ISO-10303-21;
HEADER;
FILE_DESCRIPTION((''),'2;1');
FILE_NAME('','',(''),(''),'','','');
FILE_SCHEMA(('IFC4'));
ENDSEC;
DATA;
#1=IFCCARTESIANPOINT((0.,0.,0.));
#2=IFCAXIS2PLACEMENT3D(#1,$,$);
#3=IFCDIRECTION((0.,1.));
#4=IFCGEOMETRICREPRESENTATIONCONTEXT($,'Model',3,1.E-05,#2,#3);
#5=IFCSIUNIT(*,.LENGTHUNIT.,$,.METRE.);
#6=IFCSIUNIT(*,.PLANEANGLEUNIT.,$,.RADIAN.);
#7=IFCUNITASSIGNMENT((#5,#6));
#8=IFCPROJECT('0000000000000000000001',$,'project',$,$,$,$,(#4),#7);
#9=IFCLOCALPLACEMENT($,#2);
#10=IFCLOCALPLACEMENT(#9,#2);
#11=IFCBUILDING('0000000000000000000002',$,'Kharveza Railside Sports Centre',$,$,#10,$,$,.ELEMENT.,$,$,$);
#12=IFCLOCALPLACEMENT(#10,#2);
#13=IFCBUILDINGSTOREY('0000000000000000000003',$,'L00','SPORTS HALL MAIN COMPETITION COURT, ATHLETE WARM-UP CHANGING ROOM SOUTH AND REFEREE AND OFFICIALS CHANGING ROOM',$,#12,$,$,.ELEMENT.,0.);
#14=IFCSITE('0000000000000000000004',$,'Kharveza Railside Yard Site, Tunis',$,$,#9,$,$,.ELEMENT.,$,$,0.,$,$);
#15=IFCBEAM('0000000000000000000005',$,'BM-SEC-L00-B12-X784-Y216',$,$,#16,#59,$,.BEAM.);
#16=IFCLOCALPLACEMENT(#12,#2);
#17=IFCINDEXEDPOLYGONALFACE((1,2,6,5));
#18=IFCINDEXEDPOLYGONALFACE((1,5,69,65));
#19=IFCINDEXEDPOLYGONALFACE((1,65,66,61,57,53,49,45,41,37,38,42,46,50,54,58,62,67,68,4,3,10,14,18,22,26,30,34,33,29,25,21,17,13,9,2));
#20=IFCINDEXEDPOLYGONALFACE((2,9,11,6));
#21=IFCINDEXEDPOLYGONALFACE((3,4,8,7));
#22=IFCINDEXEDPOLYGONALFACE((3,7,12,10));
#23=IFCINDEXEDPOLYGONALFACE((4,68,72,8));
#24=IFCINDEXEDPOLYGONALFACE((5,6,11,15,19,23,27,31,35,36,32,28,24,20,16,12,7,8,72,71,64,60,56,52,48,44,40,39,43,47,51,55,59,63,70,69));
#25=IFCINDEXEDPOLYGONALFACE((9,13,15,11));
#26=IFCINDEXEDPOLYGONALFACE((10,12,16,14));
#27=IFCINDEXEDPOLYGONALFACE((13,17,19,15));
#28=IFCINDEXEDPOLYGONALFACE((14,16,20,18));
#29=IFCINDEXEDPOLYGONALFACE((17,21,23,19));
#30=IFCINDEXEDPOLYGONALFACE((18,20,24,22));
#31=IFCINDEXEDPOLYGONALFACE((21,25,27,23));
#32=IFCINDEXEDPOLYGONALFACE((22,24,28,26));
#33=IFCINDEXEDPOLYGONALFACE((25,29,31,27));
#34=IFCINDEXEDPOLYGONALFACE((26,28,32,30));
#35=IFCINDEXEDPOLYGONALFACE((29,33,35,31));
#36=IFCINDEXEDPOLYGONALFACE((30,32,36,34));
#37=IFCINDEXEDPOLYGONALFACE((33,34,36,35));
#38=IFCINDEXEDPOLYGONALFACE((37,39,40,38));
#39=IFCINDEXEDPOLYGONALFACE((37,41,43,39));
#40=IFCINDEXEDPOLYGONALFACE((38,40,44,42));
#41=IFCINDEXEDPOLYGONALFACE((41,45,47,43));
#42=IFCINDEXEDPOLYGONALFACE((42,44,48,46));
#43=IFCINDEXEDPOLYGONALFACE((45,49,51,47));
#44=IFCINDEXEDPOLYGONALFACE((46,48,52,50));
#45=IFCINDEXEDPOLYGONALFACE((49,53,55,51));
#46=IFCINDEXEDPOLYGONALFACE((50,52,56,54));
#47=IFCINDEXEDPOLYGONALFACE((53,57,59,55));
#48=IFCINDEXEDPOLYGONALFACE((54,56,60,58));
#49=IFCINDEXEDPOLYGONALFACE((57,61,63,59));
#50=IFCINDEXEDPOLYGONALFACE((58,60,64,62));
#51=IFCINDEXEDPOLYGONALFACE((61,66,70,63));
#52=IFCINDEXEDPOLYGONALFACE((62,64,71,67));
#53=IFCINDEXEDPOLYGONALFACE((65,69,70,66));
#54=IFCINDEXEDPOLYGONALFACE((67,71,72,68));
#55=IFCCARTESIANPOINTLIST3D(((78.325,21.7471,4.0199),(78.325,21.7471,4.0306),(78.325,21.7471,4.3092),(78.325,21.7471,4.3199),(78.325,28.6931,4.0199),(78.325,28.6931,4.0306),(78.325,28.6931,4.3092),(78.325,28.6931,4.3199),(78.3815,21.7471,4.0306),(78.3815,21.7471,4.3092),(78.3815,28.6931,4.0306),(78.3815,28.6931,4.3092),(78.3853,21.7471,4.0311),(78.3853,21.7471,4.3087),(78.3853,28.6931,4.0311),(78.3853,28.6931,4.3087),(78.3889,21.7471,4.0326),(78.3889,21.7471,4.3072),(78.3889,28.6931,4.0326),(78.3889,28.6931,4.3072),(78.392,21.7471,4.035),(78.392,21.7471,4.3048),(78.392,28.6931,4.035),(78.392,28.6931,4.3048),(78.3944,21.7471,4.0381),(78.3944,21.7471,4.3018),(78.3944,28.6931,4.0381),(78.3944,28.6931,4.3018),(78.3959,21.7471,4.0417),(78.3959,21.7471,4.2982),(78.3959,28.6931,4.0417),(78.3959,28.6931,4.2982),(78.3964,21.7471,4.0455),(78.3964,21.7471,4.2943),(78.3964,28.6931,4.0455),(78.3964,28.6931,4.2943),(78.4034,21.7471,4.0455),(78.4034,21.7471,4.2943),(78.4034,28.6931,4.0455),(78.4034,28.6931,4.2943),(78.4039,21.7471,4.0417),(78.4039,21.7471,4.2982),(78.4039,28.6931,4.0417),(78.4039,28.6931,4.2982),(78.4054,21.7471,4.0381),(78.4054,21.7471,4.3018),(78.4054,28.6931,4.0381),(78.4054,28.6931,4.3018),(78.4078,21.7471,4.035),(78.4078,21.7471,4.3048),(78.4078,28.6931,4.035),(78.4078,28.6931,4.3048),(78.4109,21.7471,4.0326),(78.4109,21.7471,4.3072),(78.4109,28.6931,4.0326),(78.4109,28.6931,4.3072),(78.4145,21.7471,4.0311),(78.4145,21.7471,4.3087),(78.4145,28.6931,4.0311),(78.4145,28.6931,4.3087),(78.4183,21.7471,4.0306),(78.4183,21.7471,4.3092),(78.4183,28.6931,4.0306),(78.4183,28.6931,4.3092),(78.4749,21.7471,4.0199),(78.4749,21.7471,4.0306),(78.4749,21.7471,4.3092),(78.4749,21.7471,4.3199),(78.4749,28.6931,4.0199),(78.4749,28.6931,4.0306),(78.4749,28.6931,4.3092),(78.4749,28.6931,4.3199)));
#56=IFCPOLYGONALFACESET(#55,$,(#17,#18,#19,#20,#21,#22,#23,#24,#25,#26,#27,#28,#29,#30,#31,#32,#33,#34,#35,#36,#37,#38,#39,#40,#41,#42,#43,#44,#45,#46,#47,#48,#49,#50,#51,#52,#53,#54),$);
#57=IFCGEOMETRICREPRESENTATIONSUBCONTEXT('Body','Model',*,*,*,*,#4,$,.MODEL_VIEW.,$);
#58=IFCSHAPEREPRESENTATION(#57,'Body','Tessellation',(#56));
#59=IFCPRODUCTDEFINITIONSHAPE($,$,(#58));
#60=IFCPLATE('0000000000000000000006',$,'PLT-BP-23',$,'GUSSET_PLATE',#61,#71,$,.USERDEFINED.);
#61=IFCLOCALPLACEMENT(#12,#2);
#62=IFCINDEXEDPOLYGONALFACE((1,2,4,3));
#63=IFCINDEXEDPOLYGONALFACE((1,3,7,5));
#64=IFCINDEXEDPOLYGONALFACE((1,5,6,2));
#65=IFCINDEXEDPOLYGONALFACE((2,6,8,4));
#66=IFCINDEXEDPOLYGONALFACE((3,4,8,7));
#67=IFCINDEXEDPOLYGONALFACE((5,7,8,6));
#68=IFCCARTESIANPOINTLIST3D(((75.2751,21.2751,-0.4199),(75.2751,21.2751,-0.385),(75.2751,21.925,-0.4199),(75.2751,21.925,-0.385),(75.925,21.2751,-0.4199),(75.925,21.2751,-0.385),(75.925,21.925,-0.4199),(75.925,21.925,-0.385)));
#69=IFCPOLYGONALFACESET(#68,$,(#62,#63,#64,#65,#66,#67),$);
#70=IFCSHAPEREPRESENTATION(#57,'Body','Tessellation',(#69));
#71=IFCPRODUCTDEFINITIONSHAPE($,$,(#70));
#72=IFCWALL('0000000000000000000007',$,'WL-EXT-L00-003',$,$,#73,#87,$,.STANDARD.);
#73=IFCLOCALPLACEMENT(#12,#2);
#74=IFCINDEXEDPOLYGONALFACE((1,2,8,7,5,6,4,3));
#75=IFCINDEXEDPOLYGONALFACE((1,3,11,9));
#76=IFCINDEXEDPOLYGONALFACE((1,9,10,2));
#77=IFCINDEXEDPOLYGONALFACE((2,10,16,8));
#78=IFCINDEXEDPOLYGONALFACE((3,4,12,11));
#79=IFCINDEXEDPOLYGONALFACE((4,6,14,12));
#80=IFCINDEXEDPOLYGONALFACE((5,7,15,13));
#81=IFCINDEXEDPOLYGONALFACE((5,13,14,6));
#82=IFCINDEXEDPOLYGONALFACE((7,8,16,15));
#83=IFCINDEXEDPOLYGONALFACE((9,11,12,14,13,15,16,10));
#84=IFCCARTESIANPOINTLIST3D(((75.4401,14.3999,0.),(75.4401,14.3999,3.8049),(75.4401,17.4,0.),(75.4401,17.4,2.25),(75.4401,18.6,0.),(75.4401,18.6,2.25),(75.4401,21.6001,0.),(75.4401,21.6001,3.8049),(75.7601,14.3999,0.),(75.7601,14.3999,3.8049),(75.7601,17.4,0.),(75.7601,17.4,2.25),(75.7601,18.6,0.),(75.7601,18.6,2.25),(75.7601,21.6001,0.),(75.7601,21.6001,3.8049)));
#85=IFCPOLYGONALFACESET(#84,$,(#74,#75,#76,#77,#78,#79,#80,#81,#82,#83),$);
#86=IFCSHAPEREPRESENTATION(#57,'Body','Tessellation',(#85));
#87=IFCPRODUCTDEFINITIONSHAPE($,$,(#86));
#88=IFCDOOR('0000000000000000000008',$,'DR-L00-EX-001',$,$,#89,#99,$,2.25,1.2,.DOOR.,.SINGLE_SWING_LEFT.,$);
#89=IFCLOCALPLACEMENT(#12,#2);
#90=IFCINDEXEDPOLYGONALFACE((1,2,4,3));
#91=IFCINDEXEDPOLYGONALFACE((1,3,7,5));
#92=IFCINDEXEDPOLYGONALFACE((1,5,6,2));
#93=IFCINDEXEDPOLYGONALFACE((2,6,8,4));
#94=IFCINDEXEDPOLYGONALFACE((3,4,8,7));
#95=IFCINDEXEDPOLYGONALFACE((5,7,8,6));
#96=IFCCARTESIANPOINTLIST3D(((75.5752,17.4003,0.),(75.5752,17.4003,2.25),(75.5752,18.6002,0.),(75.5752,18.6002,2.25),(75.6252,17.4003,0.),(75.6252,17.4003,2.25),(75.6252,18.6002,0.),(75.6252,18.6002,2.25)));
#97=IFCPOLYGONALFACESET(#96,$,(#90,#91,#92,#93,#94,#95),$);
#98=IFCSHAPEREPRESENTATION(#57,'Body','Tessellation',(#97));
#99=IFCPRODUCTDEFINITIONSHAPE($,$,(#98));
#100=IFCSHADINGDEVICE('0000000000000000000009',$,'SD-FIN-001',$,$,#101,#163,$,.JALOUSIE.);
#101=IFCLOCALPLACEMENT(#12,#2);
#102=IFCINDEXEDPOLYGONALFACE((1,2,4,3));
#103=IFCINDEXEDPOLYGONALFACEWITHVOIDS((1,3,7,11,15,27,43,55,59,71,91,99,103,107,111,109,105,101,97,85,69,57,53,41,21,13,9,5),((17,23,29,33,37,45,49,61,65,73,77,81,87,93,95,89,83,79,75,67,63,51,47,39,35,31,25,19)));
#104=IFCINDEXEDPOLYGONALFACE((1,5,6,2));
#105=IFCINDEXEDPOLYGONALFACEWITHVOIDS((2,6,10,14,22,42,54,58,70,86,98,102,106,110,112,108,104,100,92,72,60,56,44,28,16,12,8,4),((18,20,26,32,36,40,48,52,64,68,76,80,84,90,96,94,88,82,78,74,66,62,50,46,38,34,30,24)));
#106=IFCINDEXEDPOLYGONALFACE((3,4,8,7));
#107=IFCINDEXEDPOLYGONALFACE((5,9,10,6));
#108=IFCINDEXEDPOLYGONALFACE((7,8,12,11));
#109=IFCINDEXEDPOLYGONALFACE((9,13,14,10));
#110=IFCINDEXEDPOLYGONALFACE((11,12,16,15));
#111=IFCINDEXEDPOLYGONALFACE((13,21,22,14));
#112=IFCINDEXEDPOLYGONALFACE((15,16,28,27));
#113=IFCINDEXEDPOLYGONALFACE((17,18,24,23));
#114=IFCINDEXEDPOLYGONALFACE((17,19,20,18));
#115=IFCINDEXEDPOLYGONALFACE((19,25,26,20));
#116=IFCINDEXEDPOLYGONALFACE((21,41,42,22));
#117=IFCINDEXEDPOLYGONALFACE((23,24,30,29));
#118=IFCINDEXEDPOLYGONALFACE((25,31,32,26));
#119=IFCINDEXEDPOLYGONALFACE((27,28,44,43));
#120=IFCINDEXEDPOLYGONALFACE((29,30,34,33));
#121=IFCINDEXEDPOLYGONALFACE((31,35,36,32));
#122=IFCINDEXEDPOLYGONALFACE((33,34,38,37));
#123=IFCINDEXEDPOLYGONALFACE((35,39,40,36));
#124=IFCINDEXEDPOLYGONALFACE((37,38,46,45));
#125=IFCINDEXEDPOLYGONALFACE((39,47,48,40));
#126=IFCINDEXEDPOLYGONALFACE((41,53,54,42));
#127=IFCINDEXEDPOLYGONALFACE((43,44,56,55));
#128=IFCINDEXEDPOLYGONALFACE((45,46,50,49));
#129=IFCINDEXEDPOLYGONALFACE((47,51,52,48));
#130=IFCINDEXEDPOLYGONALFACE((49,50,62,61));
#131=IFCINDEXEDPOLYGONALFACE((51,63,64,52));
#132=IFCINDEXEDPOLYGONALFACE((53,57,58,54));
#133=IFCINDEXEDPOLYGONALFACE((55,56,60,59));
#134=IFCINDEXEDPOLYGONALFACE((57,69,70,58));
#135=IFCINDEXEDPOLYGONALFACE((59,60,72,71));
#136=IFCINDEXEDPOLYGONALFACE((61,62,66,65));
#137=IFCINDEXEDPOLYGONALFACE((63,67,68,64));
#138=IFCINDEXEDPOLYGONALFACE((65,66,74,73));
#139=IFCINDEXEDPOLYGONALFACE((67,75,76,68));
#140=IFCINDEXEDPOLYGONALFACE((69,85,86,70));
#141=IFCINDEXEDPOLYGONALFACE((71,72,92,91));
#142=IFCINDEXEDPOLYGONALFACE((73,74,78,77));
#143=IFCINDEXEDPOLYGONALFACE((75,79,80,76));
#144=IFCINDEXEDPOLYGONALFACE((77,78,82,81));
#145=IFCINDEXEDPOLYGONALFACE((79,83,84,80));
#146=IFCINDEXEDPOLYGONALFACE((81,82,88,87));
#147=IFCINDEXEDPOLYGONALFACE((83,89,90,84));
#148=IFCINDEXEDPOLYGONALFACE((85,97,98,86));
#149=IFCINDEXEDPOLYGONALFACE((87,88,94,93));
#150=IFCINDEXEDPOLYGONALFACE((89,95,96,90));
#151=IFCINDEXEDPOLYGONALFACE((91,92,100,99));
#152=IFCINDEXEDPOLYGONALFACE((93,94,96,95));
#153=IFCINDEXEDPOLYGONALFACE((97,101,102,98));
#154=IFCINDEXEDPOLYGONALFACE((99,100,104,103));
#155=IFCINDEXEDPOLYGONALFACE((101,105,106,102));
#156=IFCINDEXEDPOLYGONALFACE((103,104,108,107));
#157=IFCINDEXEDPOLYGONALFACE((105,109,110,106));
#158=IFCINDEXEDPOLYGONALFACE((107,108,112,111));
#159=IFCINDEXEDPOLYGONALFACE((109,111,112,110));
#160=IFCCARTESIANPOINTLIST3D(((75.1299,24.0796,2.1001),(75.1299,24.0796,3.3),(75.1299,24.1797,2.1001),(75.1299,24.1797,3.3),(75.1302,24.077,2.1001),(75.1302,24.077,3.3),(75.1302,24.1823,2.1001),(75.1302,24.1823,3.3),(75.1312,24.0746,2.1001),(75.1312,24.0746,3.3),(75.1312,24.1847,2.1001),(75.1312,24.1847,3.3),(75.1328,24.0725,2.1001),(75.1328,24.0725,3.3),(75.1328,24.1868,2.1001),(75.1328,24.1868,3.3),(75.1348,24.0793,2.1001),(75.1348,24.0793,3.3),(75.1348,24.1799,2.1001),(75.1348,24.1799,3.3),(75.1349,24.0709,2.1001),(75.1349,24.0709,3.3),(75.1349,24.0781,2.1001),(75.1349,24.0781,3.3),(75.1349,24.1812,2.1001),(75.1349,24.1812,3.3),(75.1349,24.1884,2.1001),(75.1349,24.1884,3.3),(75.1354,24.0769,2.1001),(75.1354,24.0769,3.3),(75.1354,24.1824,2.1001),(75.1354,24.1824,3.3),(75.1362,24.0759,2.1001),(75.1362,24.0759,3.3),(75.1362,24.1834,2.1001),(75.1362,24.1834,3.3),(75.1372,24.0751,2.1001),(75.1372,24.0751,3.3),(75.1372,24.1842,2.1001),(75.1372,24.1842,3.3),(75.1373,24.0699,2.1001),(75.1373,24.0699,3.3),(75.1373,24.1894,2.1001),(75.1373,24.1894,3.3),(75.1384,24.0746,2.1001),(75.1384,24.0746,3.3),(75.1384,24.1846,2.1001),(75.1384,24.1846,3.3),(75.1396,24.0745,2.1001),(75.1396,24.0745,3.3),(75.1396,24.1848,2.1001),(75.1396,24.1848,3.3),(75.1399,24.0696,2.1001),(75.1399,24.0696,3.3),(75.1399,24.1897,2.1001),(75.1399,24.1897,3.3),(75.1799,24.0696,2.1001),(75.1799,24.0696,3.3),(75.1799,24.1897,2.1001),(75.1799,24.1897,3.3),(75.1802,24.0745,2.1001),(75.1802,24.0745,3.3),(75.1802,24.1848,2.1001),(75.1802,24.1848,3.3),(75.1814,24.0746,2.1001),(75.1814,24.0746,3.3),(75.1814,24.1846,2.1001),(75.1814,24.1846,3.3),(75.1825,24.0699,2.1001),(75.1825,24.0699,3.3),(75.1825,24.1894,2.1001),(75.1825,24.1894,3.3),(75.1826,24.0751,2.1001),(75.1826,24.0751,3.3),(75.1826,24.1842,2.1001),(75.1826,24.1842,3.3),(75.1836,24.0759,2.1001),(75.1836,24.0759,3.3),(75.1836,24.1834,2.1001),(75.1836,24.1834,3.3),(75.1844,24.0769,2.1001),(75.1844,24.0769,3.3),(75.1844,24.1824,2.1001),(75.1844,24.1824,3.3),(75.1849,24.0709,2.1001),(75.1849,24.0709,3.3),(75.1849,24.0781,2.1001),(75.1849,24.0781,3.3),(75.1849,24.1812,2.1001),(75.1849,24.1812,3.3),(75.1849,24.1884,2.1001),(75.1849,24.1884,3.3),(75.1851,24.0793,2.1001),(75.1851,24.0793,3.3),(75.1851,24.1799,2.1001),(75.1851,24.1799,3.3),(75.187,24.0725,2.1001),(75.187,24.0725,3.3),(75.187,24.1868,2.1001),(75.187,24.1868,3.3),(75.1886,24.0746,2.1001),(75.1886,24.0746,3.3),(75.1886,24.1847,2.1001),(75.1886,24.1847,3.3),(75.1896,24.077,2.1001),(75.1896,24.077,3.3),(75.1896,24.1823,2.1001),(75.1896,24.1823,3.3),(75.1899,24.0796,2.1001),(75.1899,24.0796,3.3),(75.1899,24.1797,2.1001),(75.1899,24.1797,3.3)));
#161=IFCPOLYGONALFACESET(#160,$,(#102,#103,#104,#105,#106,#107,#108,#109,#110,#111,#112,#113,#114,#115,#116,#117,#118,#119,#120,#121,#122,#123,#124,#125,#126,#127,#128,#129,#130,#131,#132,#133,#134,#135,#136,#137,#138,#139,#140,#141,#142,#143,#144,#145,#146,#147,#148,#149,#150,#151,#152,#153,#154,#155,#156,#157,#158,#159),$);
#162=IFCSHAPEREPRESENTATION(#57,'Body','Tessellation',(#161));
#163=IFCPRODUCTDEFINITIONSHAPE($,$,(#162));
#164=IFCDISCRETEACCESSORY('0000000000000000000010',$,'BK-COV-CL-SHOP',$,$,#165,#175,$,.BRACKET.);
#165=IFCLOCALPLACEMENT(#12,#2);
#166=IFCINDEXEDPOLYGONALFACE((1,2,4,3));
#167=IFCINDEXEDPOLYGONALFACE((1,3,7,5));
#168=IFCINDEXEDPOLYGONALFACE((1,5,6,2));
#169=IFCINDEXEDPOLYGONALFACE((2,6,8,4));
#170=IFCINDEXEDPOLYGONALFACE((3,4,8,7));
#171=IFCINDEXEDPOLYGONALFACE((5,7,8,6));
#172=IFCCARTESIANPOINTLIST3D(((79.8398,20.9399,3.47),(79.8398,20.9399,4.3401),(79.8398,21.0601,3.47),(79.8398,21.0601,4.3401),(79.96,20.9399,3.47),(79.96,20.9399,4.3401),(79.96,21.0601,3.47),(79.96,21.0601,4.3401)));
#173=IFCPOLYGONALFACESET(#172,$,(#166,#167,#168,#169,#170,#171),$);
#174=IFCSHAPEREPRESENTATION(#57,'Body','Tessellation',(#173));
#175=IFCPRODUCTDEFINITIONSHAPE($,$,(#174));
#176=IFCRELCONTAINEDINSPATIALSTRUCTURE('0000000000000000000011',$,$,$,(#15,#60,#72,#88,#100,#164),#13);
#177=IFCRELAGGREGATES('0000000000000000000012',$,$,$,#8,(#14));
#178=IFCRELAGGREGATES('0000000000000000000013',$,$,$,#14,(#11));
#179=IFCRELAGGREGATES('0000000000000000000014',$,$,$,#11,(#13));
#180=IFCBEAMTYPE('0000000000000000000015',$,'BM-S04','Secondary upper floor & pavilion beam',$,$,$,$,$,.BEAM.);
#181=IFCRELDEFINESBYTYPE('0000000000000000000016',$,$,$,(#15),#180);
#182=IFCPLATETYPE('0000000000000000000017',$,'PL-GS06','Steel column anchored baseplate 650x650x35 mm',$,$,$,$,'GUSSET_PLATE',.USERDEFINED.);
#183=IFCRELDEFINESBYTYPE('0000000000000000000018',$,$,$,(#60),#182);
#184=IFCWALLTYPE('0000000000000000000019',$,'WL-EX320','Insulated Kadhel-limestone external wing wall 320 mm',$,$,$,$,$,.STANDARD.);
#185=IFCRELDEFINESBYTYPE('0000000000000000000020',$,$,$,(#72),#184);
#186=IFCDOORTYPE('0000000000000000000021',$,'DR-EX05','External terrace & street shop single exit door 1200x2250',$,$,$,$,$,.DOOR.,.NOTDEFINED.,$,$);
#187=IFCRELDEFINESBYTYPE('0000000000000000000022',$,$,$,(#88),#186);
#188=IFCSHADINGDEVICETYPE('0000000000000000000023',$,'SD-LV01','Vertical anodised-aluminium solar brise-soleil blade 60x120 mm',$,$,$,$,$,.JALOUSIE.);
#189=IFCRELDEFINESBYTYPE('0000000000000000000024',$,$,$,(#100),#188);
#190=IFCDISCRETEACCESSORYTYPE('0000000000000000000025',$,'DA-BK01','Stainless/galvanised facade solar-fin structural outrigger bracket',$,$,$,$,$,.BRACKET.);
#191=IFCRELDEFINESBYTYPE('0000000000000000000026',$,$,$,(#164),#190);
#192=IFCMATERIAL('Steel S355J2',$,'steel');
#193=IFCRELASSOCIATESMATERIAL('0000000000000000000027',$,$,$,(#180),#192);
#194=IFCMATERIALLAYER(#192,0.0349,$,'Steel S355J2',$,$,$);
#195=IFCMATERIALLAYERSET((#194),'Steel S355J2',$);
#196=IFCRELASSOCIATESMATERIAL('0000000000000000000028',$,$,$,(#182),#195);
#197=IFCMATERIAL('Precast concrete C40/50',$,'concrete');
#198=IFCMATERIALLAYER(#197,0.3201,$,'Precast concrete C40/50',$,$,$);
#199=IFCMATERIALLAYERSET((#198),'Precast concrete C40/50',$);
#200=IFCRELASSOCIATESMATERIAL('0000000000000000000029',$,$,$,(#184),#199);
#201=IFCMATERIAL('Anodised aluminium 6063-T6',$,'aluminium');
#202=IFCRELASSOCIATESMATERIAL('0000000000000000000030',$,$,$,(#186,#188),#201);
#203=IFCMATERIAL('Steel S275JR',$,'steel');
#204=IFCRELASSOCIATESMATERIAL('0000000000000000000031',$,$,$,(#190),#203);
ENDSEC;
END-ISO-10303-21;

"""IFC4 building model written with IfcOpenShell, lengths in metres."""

from ifc_helpers import new_model, si_unit, direction, frame, frame_2d, origin, origin_2d, place, context, subcontext, project, spatial, rectangle, hollow_rectangle, i_section, extrude, material, layer, layer_set, material_profile, profile_set, type_object, element, fill, save


model = new_model("IFC4")

# Units and contexts
model_context = context("Model", 3, precision=1e-05, world=origin(), true_north=direction((0.0, 1.0)))
body_context = subcontext(model_context, "Body", "Model", "MODEL_VIEW")
ifc_project = project(units=[si_unit("LENGTHUNIT", "METRE"), si_unit("PLANEANGLEUNIT", "RADIAN")], contexts=[model_context])

# Site, building, storey
site_placement = place(None, origin())
site = spatial("IfcSite", under=ifc_project, at=site_placement, Name="Kharveza Railside Yard Site, Tunis", CompositionType="ELEMENT", RefElevation=0.0)
building_placement = place(site_placement, origin())
building = spatial("IfcBuilding", under=site, at=building_placement, Name="Kharveza Railside Sports Centre", CompositionType="ELEMENT")
storey_placement = place(building_placement, origin())
storey = spatial("IfcBuildingStorey", under=building, at=storey_placement, Name="L00", Description="SPORTS HALL MAIN COMPETITION COURT, ATHLETE WARM-UP CHANGING ROOM SOUTH AND REFEREE AND OFFICIALS CHANGING ROOM", CompositionType="ELEMENT", Elevation=0.0)

# Shared definitions
ifc_material_1 = material(Name="Steel S355J2", Category="steel")

# Beam
ifc_material_profile_1 = material_profile(ifc_material_1, i_section(OverallWidth=0.1499, OverallDepth=0.3, WebThickness=0.0071, FlangeThickness=0.0107, FilletRadius=0.0149, at=origin_2d()), Name="IPE 300")
ifc_profile_set_1 = profile_set([ifc_material_profile_1], Name="Steel S355J2")
beam_type_1 = type_object("IfcBeamType", Name="BM-S04", Description="Secondary upper floor & pavilion beam", PredefinedType="BEAM", material=ifc_profile_set_1)
beam_1_placement = place(storey_placement, frame((78.3999, 21.7471, 4.1699), z_axis=(0.0, 1.0, 0.0), x_axis=(-1.0, 0.0, 0.0)))
element("IfcBeam", 1, at=beam_1_placement, inside=storey, type_object=beam_type_1, Name="BM-SEC-L00-B12-X784-Y216", PredefinedType="BEAM", context=body_context, shape_type="SweptSolid", body=[
    extrude(i_section(OverallWidth=0.1499, OverallDepth=0.3, WebThickness=0.0071, FlangeThickness=0.0107, FilletRadius=0.0149, at=origin_2d()), origin(), (0.0, 0.0, 1.0), 6.946),
])

# Plate
ifc_layer_1 = layer(ifc_material_1, 0.0349, Name="Steel S355J2")
ifc_layer_set_1 = layer_set([ifc_layer_1], Name="Steel S355J2")
plate_type = type_object("IfcPlateType", Name="PL-GS06", Description="Steel column anchored baseplate 650x650x35 mm", ElementType="GUSSET_PLATE", PredefinedType="USERDEFINED", material=ifc_layer_set_1)
plate_placement = place(storey_placement, frame((75.6001, 21.6001, -0.4199), z_axis=(0.0, 0.0, 1.0), x_axis=(1.0, 0.0, 0.0)))
element("IfcPlate", 2, at=plate_placement, inside=storey, type_object=plate_type, Name="PLT-BP-23", ObjectType="GUSSET_PLATE", PredefinedType="USERDEFINED", context=body_context, shape_type="SweptSolid", body=[
    extrude(rectangle(XDim=0.6499, YDim=0.6499, at=origin_2d()), origin(), (0.0, 0.0, 1.0), 0.0349),
])

# Wall, opening, door
ifc_material_2 = material(Name="Precast concrete C40/50", Category="concrete")
ifc_layer_2 = layer(ifc_material_2, 0.3201, Name="Precast concrete C40/50")
ifc_layer_set_2 = layer_set([ifc_layer_2], Name="Precast concrete C40/50")
wall_type = type_object("IfcWallType", Name="WL-EX320", Description="Insulated Kadhel-limestone external wing wall 320 mm", PredefinedType="STANDARD", material=ifc_layer_set_2)
wall_placement = place(storey_placement, frame((75.6001, 21.6001, 0.0), z_axis=(0.0, 0.0, 1.0), x_axis=(0.0, -1.0, 0.0)))
wall = element("IfcWall", 3, at=wall_placement, inside=storey, type_object=wall_type, Name="WL-EXT-L00-003", PredefinedType="STANDARD", context=body_context, shape_type="SweptSolid", body=[
    extrude(rectangle(XDim=7.2002, YDim=0.3201, at=frame_2d((3.6001, 0.0))), origin(), (0.0, 0.0, 1.0), 3.8049),
])
opening_placement = place(wall_placement, frame((3.0, 0.0, 0.0)))
opening = element("IfcOpeningElement", 4, at=opening_placement, cuts=wall, PredefinedType="OPENING", context=body_context, shape_type="SweptSolid", body=[
    extrude(rectangle(XDim=1.2, YDim=2.25, at=frame_2d((0.6001, 1.125))), frame((0.0, 0.1851, 0.0), z_axis=(0.0, -1.0, 0.0), x_axis=(1.0, 0.0, 0.0)), (0.0, 0.0, 1.0), 0.3699),
])
ifc_material_3 = material(Name="Anodised aluminium 6063-T6", Category="aluminium")
door_type = type_object("IfcDoorType", Name="DR-EX05", Description="External terrace & street shop single exit door 1200x2250", OperationType="NOTDEFINED", PredefinedType="DOOR", material=ifc_material_3)
door_placement = place(opening_placement, frame((1.2, 0.0, 0.0), z_axis=(0.0, 0.0, 1.0), x_axis=(-1.0, 0.0, 0.0)))
door = element("IfcDoor", 5, at=door_placement, inside=storey, type_object=door_type, Name="DR-L00-EX-001", OperationType="SINGLE_SWING_LEFT", OverallHeight=2.25, OverallWidth=1.2, PredefinedType="DOOR", context=body_context, shape_type="SweptSolid", body=[
    extrude(rectangle(XDim=1.2, YDim=2.25, at=frame_2d((0.6001, 1.125))), frame((0.0, 0.0249, 0.0), z_axis=(0.0, -1.0, 0.0), x_axis=(1.0, 0.0, 0.0)), (0.0, 0.0, 1.0), 0.05),
])
fill(opening, door)

# Shading device
ifc_material_profile_2 = material_profile(ifc_material_3, hollow_rectangle(XDim=0.0601, YDim=0.1201, WallThickness=0.0049, InnerFilletRadius=0.0049, OuterFilletRadius=0.01, at=origin_2d()), Name="RHS 60x120x5.0")
ifc_profile_set_2 = profile_set([ifc_material_profile_2], Name="Anodised aluminium 6063-T6")
shading_device_type = type_object("IfcShadingDeviceType", Name="SD-LV01", Description="Vertical anodised-aluminium solar brise-soleil blade 60x120 mm", PredefinedType="JALOUSIE", material=ifc_profile_set_2)
shading_device_placement = place(storey_placement, frame((75.1599, 24.1296, 2.1001), z_axis=(0.0, 0.0, 1.0), x_axis=(-1.0, 0.0, 0.0)))
element("IfcShadingDevice", 6, at=shading_device_placement, inside=storey, type_object=shading_device_type, Name="SD-FIN-001", PredefinedType="JALOUSIE", context=body_context, shape_type="SweptSolid", body=[
    extrude(hollow_rectangle(XDim=0.0601, YDim=0.1201, WallThickness=0.0049, InnerFilletRadius=0.0049, OuterFilletRadius=0.01, at=origin_2d()), origin(), (0.0, 0.0, 1.0), 1.2),
])

# Discrete accessory
ifc_material_4 = material(Name="Steel S275JR", Category="steel")
discrete_accessory_type = type_object("IfcDiscreteAccessoryType", Name="DA-BK01", Description="Stainless/galvanised facade solar-fin structural outrigger bracket", PredefinedType="BRACKET", material=ifc_material_4)
discrete_accessory_placement = place(storey_placement, frame((79.8999, 21.0, 3.47), z_axis=(0.0, 0.0, 1.0), x_axis=(1.0, 0.0, 0.0)))
element("IfcDiscreteAccessory", 7, at=discrete_accessory_placement, inside=storey, type_object=discrete_accessory_type, Name="BK-COV-CL-SHOP", PredefinedType="BRACKET", context=body_context, shape_type="SweptSolid", body=[
    extrude(rectangle(XDim=0.1201, YDim=0.1201, at=origin_2d()), origin(), (0.0, 0.0, 1.0), 0.8701),
])

save(model, "model.ifc")
